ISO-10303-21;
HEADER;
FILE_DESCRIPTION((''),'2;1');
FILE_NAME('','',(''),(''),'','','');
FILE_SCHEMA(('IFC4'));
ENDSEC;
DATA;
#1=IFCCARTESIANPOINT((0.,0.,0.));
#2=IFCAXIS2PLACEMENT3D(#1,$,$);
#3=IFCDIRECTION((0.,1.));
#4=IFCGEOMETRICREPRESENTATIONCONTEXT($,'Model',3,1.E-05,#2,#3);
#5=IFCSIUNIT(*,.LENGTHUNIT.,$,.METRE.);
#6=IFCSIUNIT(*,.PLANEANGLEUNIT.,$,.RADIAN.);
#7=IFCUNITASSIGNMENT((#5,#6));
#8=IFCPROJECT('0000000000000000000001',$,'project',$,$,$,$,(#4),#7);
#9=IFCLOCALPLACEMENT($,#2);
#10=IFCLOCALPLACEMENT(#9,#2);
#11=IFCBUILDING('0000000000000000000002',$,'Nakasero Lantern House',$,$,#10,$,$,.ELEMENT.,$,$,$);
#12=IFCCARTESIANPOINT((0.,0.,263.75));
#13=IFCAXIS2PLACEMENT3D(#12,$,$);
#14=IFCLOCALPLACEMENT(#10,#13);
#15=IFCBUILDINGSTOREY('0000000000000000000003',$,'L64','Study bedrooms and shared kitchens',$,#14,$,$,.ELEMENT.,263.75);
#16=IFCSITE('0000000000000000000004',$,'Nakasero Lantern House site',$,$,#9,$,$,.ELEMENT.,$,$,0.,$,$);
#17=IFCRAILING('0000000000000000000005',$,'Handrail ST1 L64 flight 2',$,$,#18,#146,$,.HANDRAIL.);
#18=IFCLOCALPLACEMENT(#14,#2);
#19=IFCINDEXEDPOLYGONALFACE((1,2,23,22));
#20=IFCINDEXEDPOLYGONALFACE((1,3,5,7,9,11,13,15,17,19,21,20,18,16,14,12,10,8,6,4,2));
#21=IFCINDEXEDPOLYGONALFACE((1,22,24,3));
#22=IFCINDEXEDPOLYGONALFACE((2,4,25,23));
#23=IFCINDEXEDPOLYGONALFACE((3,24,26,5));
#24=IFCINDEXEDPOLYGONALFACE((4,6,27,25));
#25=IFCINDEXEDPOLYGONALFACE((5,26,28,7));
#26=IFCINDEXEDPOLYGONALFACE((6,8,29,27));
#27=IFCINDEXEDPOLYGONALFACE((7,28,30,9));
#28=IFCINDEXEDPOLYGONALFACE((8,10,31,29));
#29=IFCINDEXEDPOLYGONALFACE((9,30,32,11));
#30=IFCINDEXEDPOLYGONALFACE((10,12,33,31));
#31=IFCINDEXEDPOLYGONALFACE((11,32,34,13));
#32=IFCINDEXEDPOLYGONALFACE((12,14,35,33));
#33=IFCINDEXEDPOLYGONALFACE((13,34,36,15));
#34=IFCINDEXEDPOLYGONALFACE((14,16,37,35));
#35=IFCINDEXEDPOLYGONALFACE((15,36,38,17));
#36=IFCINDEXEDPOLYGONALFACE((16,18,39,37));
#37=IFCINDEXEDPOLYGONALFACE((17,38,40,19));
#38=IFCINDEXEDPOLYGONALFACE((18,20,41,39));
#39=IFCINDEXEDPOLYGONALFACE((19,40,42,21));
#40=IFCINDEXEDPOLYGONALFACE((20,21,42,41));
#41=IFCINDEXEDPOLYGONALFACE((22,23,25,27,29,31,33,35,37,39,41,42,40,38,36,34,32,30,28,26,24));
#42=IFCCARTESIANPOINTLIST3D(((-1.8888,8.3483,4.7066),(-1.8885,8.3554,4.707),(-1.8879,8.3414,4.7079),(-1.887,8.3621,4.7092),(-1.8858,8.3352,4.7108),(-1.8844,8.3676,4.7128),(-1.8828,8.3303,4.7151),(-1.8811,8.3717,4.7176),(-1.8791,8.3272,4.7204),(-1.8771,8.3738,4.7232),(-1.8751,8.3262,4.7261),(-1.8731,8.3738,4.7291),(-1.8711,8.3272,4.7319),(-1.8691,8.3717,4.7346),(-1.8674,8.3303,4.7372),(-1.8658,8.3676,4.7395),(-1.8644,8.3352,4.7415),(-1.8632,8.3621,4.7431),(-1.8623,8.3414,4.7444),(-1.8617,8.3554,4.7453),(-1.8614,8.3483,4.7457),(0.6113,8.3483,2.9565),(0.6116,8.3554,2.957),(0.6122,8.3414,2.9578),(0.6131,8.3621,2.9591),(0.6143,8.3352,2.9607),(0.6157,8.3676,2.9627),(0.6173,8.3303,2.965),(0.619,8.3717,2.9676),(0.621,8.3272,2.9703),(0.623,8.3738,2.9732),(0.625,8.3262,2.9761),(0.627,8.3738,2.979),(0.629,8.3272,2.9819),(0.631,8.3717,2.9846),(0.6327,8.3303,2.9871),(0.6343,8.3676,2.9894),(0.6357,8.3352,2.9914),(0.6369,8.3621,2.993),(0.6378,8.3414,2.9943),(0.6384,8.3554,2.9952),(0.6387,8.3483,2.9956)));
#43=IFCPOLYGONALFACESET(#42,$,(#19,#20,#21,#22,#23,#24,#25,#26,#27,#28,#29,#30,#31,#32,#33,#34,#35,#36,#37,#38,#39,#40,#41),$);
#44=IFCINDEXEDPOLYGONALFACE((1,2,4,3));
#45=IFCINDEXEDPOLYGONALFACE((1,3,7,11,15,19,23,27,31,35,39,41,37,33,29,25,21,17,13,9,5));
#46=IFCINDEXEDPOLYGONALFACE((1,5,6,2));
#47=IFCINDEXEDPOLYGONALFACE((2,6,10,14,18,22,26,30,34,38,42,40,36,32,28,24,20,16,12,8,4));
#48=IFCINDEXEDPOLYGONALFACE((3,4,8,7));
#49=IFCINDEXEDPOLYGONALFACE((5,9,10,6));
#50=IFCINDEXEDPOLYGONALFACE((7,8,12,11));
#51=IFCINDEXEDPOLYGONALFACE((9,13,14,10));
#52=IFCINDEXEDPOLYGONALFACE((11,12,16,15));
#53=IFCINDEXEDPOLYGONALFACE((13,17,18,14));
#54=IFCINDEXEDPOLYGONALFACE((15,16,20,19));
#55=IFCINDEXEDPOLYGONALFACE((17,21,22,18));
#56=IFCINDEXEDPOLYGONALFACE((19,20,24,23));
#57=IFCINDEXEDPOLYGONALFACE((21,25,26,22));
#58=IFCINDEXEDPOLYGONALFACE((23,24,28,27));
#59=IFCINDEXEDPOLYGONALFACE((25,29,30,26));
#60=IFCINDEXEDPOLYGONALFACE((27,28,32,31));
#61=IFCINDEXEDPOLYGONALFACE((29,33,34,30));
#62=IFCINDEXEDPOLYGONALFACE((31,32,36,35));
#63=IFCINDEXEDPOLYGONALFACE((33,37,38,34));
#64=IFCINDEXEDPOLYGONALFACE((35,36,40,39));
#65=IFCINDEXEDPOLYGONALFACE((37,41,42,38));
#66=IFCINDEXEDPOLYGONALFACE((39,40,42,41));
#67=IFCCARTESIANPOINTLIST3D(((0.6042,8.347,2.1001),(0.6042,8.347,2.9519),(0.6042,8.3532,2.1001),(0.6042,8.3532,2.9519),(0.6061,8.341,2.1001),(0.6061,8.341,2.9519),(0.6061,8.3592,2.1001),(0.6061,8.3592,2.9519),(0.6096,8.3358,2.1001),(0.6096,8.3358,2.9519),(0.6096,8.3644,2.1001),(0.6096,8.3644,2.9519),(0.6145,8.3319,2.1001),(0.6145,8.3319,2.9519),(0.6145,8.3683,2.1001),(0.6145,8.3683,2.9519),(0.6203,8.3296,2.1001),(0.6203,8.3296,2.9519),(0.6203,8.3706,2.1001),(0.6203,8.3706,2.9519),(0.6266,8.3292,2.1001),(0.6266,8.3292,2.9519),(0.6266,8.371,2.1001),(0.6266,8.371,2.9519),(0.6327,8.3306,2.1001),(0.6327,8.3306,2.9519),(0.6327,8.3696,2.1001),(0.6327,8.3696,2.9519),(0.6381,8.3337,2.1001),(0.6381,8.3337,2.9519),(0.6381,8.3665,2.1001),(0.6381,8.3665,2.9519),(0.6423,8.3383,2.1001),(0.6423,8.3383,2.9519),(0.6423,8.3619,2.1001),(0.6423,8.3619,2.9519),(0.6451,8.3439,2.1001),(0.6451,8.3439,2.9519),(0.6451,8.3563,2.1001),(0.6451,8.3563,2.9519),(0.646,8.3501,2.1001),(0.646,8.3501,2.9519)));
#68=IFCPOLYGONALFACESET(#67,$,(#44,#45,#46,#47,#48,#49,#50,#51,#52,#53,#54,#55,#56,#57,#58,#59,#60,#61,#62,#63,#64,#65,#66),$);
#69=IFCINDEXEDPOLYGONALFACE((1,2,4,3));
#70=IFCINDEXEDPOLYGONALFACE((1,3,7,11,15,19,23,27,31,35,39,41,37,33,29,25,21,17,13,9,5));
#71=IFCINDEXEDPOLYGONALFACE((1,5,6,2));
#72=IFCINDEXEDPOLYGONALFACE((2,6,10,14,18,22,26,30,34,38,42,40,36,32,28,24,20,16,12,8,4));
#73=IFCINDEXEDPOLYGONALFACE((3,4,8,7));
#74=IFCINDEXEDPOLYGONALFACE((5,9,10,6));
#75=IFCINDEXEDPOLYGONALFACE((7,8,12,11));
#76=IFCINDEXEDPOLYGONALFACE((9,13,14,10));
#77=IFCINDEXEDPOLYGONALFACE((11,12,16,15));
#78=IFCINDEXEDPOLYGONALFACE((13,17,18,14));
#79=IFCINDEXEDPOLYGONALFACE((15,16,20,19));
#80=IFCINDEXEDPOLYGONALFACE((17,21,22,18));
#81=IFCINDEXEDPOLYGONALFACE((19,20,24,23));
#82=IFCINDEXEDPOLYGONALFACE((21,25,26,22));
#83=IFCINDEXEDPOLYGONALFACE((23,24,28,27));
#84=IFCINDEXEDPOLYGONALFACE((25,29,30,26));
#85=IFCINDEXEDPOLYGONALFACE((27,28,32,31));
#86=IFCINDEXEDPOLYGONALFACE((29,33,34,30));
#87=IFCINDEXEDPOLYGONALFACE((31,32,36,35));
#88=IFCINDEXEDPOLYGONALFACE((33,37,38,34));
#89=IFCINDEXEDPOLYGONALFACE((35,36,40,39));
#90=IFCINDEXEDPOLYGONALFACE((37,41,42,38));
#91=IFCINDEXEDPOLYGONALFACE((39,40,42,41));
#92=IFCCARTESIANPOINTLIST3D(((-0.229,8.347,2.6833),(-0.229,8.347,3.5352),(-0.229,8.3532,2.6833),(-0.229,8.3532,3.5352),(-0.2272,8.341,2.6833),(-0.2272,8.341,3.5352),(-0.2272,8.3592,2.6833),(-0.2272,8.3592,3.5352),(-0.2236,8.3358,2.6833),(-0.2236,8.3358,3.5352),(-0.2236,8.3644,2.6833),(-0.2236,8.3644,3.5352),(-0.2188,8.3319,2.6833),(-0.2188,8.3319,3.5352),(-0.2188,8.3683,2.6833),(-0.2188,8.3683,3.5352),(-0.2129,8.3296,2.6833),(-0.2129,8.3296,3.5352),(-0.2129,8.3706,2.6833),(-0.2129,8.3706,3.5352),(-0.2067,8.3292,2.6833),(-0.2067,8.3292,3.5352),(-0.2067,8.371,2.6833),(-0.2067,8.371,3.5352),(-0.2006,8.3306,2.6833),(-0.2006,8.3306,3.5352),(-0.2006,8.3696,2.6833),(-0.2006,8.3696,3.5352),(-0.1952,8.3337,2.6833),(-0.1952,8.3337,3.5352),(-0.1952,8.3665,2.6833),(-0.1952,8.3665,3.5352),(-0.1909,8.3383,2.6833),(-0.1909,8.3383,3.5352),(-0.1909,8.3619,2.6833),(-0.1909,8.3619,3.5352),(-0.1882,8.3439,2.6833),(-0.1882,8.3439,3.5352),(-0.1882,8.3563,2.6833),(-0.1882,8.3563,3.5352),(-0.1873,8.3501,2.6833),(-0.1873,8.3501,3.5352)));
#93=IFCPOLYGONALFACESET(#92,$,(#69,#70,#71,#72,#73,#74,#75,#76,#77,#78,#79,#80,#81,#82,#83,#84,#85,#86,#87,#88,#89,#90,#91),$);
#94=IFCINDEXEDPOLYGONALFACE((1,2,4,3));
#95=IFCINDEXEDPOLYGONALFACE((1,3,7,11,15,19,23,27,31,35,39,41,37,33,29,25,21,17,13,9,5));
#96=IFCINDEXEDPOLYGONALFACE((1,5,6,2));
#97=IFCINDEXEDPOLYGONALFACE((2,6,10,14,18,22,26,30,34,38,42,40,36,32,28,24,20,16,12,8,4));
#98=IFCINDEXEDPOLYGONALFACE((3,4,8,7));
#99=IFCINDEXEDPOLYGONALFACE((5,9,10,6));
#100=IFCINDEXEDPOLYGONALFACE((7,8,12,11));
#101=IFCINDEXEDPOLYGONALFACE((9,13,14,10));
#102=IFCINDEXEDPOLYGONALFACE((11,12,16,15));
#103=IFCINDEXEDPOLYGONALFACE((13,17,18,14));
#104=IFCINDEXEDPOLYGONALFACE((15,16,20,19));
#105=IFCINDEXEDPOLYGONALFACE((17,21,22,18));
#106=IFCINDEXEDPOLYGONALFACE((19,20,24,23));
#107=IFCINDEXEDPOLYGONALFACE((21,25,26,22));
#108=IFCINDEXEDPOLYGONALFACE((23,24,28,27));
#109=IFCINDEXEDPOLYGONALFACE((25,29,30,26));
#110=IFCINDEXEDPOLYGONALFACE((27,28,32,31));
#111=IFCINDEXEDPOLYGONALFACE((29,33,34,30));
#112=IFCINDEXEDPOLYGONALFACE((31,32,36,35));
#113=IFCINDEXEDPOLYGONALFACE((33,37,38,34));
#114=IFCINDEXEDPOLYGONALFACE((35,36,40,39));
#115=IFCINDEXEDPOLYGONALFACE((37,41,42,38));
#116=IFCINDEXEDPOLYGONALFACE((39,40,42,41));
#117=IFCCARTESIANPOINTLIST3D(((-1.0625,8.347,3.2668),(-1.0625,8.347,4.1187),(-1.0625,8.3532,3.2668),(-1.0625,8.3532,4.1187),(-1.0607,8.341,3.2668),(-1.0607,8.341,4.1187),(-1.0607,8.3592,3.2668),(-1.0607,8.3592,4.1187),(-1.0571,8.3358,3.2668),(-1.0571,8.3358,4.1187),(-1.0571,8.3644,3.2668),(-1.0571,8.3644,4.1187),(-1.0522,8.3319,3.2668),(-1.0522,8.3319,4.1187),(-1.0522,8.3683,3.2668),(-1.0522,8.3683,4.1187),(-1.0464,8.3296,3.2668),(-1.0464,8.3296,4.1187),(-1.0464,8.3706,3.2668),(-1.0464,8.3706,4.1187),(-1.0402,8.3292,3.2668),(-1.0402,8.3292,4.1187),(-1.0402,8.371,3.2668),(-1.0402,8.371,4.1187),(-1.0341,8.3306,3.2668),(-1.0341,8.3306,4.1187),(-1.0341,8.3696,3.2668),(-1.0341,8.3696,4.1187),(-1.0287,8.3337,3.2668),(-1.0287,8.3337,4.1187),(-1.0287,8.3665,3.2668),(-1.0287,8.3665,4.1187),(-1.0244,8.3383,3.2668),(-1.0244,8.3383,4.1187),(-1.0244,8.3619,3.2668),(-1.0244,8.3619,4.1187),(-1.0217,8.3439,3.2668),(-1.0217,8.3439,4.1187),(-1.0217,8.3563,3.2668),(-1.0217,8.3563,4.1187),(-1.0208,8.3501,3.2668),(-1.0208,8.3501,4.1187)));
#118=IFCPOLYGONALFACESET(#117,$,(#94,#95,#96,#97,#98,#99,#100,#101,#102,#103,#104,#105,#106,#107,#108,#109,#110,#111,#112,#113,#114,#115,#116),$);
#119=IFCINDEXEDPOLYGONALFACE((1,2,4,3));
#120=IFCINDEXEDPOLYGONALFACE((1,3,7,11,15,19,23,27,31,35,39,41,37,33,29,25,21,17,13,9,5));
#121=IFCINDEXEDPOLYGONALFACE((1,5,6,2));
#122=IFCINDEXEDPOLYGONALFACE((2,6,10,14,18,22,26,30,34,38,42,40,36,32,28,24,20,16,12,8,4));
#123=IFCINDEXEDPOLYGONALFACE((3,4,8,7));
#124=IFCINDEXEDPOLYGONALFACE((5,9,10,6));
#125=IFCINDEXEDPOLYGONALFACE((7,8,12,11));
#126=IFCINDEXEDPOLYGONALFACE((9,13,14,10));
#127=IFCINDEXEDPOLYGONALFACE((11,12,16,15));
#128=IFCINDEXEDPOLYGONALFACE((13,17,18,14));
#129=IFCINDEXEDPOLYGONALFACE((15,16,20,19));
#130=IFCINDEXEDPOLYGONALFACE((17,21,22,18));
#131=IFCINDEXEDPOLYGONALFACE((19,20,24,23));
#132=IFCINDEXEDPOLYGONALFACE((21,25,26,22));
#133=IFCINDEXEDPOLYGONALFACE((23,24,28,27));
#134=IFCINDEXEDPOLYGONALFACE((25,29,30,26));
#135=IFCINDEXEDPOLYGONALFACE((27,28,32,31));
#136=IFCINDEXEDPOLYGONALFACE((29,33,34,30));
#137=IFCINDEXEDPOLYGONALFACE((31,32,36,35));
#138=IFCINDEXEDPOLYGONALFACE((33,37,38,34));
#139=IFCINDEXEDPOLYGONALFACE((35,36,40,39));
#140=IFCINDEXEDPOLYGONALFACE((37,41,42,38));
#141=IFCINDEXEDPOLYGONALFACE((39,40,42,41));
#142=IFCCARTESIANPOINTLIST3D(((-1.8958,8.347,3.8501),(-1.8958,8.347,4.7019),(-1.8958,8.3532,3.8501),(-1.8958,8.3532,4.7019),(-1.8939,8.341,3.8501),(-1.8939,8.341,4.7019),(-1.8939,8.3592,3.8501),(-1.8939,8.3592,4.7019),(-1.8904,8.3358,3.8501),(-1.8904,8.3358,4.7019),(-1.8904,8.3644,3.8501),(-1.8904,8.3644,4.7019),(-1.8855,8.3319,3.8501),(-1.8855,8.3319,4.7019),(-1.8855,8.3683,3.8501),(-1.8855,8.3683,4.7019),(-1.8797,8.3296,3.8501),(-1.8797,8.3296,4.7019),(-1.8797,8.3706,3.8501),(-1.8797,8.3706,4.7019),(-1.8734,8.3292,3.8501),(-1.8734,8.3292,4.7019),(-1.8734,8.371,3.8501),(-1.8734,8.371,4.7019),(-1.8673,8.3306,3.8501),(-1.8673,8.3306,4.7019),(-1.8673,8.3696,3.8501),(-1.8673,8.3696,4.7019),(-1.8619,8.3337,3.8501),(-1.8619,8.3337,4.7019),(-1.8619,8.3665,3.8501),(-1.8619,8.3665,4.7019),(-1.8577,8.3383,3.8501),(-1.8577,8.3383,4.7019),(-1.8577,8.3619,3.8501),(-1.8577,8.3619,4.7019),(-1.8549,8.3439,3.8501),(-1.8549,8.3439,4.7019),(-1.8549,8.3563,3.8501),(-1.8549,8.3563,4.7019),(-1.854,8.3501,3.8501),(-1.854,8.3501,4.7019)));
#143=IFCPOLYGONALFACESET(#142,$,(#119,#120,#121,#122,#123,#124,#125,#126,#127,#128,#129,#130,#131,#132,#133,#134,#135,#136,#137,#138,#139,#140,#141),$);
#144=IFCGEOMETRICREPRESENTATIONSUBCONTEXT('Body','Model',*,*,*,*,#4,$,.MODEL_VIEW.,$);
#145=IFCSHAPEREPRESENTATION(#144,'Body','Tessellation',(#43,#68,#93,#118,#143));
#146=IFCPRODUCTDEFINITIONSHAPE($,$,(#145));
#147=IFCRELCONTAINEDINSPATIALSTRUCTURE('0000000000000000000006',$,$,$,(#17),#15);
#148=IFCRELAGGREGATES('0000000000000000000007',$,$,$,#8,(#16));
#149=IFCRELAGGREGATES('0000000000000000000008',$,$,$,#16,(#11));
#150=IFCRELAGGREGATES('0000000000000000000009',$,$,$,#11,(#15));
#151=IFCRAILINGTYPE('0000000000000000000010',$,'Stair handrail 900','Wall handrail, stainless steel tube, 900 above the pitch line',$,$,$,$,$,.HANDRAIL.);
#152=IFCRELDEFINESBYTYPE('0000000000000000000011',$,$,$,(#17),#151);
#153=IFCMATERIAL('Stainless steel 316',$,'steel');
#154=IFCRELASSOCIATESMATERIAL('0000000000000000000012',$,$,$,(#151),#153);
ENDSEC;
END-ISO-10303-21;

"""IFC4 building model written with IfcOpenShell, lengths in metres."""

from ifc_helpers import new_model, si_unit, direction, frame, origin, origin_2d, place, context, subcontext, project, spatial, circle, extrude, material, type_object, element, save


model = new_model("IFC4")

# Units and contexts
model_context = context("Model", 3, precision=1e-05, world=origin(), true_north=direction((0.0, 1.0)))
body_context = subcontext(model_context, "Body", "Model", "MODEL_VIEW")
ifc_project = project(units=[si_unit("LENGTHUNIT", "METRE"), si_unit("PLANEANGLEUNIT", "RADIAN")], contexts=[model_context])

# Site, building, storey
site_placement = place(None, origin())
site = spatial("IfcSite", under=ifc_project, at=site_placement, Name="Nakasero Lantern House site", CompositionType="ELEMENT", RefElevation=0.0)
building_placement = place(site_placement, origin())
building = spatial("IfcBuilding", under=site, at=building_placement, Name="Nakasero Lantern House", CompositionType="ELEMENT")
storey_placement = place(building_placement, frame((0.0, 0.0, 263.75)))
storey = spatial("IfcBuildingStorey", under=building, at=storey_placement, Name="L64", Description="Study bedrooms and shared kitchens", CompositionType="ELEMENT", Elevation=263.75)

# Railing
ifc_material_1 = material(Name="Stainless steel 316", Category="steel")
railing_type = type_object("IfcRailingType", Name="Stair handrail 900", Description="Wall handrail, stainless steel tube, 900 above the pitch line", PredefinedType="HANDRAIL", material=ifc_material_1)
railing_placement = place(storey_placement, frame((0.625, 8.3501, 2.1001)))
element("IfcRailing", 1, at=railing_placement, inside=storey, type_object=railing_type, Name="Handrail ST1 L64 flight 2", PredefinedType="HANDRAIL", context=body_context, shape_type="SweptSolid", body=[
    extrude(circle(Radius=0.0239, at=origin_2d()), frame((0.0, 0.0, 0.876), z_axis=(-0.819232, 0.0, 0.573462), x_axis=(0.0, -1.0, 0.0)), (0.0, 0.0, 1.0), 3.0518),
    extrude(circle(Radius=0.021, at=origin_2d()), origin(), (0.0, 0.0, 1.0), 0.8518),
    extrude(circle(Radius=0.021, at=origin_2d()), frame((-0.8333, 0.0, 0.5833)), (0.0, 0.0, 1.0), 0.8518),
    extrude(circle(Radius=0.021, at=origin_2d()), frame((-1.6667, 0.0, 1.1667)), (0.0, 0.0, 1.0), 0.8518),
    extrude(circle(Radius=0.021, at=origin_2d()), frame((-2.5, 0.0, 1.75)), (0.0, 0.0, 1.0), 0.8518),
])

save(model, "model.ifc")
